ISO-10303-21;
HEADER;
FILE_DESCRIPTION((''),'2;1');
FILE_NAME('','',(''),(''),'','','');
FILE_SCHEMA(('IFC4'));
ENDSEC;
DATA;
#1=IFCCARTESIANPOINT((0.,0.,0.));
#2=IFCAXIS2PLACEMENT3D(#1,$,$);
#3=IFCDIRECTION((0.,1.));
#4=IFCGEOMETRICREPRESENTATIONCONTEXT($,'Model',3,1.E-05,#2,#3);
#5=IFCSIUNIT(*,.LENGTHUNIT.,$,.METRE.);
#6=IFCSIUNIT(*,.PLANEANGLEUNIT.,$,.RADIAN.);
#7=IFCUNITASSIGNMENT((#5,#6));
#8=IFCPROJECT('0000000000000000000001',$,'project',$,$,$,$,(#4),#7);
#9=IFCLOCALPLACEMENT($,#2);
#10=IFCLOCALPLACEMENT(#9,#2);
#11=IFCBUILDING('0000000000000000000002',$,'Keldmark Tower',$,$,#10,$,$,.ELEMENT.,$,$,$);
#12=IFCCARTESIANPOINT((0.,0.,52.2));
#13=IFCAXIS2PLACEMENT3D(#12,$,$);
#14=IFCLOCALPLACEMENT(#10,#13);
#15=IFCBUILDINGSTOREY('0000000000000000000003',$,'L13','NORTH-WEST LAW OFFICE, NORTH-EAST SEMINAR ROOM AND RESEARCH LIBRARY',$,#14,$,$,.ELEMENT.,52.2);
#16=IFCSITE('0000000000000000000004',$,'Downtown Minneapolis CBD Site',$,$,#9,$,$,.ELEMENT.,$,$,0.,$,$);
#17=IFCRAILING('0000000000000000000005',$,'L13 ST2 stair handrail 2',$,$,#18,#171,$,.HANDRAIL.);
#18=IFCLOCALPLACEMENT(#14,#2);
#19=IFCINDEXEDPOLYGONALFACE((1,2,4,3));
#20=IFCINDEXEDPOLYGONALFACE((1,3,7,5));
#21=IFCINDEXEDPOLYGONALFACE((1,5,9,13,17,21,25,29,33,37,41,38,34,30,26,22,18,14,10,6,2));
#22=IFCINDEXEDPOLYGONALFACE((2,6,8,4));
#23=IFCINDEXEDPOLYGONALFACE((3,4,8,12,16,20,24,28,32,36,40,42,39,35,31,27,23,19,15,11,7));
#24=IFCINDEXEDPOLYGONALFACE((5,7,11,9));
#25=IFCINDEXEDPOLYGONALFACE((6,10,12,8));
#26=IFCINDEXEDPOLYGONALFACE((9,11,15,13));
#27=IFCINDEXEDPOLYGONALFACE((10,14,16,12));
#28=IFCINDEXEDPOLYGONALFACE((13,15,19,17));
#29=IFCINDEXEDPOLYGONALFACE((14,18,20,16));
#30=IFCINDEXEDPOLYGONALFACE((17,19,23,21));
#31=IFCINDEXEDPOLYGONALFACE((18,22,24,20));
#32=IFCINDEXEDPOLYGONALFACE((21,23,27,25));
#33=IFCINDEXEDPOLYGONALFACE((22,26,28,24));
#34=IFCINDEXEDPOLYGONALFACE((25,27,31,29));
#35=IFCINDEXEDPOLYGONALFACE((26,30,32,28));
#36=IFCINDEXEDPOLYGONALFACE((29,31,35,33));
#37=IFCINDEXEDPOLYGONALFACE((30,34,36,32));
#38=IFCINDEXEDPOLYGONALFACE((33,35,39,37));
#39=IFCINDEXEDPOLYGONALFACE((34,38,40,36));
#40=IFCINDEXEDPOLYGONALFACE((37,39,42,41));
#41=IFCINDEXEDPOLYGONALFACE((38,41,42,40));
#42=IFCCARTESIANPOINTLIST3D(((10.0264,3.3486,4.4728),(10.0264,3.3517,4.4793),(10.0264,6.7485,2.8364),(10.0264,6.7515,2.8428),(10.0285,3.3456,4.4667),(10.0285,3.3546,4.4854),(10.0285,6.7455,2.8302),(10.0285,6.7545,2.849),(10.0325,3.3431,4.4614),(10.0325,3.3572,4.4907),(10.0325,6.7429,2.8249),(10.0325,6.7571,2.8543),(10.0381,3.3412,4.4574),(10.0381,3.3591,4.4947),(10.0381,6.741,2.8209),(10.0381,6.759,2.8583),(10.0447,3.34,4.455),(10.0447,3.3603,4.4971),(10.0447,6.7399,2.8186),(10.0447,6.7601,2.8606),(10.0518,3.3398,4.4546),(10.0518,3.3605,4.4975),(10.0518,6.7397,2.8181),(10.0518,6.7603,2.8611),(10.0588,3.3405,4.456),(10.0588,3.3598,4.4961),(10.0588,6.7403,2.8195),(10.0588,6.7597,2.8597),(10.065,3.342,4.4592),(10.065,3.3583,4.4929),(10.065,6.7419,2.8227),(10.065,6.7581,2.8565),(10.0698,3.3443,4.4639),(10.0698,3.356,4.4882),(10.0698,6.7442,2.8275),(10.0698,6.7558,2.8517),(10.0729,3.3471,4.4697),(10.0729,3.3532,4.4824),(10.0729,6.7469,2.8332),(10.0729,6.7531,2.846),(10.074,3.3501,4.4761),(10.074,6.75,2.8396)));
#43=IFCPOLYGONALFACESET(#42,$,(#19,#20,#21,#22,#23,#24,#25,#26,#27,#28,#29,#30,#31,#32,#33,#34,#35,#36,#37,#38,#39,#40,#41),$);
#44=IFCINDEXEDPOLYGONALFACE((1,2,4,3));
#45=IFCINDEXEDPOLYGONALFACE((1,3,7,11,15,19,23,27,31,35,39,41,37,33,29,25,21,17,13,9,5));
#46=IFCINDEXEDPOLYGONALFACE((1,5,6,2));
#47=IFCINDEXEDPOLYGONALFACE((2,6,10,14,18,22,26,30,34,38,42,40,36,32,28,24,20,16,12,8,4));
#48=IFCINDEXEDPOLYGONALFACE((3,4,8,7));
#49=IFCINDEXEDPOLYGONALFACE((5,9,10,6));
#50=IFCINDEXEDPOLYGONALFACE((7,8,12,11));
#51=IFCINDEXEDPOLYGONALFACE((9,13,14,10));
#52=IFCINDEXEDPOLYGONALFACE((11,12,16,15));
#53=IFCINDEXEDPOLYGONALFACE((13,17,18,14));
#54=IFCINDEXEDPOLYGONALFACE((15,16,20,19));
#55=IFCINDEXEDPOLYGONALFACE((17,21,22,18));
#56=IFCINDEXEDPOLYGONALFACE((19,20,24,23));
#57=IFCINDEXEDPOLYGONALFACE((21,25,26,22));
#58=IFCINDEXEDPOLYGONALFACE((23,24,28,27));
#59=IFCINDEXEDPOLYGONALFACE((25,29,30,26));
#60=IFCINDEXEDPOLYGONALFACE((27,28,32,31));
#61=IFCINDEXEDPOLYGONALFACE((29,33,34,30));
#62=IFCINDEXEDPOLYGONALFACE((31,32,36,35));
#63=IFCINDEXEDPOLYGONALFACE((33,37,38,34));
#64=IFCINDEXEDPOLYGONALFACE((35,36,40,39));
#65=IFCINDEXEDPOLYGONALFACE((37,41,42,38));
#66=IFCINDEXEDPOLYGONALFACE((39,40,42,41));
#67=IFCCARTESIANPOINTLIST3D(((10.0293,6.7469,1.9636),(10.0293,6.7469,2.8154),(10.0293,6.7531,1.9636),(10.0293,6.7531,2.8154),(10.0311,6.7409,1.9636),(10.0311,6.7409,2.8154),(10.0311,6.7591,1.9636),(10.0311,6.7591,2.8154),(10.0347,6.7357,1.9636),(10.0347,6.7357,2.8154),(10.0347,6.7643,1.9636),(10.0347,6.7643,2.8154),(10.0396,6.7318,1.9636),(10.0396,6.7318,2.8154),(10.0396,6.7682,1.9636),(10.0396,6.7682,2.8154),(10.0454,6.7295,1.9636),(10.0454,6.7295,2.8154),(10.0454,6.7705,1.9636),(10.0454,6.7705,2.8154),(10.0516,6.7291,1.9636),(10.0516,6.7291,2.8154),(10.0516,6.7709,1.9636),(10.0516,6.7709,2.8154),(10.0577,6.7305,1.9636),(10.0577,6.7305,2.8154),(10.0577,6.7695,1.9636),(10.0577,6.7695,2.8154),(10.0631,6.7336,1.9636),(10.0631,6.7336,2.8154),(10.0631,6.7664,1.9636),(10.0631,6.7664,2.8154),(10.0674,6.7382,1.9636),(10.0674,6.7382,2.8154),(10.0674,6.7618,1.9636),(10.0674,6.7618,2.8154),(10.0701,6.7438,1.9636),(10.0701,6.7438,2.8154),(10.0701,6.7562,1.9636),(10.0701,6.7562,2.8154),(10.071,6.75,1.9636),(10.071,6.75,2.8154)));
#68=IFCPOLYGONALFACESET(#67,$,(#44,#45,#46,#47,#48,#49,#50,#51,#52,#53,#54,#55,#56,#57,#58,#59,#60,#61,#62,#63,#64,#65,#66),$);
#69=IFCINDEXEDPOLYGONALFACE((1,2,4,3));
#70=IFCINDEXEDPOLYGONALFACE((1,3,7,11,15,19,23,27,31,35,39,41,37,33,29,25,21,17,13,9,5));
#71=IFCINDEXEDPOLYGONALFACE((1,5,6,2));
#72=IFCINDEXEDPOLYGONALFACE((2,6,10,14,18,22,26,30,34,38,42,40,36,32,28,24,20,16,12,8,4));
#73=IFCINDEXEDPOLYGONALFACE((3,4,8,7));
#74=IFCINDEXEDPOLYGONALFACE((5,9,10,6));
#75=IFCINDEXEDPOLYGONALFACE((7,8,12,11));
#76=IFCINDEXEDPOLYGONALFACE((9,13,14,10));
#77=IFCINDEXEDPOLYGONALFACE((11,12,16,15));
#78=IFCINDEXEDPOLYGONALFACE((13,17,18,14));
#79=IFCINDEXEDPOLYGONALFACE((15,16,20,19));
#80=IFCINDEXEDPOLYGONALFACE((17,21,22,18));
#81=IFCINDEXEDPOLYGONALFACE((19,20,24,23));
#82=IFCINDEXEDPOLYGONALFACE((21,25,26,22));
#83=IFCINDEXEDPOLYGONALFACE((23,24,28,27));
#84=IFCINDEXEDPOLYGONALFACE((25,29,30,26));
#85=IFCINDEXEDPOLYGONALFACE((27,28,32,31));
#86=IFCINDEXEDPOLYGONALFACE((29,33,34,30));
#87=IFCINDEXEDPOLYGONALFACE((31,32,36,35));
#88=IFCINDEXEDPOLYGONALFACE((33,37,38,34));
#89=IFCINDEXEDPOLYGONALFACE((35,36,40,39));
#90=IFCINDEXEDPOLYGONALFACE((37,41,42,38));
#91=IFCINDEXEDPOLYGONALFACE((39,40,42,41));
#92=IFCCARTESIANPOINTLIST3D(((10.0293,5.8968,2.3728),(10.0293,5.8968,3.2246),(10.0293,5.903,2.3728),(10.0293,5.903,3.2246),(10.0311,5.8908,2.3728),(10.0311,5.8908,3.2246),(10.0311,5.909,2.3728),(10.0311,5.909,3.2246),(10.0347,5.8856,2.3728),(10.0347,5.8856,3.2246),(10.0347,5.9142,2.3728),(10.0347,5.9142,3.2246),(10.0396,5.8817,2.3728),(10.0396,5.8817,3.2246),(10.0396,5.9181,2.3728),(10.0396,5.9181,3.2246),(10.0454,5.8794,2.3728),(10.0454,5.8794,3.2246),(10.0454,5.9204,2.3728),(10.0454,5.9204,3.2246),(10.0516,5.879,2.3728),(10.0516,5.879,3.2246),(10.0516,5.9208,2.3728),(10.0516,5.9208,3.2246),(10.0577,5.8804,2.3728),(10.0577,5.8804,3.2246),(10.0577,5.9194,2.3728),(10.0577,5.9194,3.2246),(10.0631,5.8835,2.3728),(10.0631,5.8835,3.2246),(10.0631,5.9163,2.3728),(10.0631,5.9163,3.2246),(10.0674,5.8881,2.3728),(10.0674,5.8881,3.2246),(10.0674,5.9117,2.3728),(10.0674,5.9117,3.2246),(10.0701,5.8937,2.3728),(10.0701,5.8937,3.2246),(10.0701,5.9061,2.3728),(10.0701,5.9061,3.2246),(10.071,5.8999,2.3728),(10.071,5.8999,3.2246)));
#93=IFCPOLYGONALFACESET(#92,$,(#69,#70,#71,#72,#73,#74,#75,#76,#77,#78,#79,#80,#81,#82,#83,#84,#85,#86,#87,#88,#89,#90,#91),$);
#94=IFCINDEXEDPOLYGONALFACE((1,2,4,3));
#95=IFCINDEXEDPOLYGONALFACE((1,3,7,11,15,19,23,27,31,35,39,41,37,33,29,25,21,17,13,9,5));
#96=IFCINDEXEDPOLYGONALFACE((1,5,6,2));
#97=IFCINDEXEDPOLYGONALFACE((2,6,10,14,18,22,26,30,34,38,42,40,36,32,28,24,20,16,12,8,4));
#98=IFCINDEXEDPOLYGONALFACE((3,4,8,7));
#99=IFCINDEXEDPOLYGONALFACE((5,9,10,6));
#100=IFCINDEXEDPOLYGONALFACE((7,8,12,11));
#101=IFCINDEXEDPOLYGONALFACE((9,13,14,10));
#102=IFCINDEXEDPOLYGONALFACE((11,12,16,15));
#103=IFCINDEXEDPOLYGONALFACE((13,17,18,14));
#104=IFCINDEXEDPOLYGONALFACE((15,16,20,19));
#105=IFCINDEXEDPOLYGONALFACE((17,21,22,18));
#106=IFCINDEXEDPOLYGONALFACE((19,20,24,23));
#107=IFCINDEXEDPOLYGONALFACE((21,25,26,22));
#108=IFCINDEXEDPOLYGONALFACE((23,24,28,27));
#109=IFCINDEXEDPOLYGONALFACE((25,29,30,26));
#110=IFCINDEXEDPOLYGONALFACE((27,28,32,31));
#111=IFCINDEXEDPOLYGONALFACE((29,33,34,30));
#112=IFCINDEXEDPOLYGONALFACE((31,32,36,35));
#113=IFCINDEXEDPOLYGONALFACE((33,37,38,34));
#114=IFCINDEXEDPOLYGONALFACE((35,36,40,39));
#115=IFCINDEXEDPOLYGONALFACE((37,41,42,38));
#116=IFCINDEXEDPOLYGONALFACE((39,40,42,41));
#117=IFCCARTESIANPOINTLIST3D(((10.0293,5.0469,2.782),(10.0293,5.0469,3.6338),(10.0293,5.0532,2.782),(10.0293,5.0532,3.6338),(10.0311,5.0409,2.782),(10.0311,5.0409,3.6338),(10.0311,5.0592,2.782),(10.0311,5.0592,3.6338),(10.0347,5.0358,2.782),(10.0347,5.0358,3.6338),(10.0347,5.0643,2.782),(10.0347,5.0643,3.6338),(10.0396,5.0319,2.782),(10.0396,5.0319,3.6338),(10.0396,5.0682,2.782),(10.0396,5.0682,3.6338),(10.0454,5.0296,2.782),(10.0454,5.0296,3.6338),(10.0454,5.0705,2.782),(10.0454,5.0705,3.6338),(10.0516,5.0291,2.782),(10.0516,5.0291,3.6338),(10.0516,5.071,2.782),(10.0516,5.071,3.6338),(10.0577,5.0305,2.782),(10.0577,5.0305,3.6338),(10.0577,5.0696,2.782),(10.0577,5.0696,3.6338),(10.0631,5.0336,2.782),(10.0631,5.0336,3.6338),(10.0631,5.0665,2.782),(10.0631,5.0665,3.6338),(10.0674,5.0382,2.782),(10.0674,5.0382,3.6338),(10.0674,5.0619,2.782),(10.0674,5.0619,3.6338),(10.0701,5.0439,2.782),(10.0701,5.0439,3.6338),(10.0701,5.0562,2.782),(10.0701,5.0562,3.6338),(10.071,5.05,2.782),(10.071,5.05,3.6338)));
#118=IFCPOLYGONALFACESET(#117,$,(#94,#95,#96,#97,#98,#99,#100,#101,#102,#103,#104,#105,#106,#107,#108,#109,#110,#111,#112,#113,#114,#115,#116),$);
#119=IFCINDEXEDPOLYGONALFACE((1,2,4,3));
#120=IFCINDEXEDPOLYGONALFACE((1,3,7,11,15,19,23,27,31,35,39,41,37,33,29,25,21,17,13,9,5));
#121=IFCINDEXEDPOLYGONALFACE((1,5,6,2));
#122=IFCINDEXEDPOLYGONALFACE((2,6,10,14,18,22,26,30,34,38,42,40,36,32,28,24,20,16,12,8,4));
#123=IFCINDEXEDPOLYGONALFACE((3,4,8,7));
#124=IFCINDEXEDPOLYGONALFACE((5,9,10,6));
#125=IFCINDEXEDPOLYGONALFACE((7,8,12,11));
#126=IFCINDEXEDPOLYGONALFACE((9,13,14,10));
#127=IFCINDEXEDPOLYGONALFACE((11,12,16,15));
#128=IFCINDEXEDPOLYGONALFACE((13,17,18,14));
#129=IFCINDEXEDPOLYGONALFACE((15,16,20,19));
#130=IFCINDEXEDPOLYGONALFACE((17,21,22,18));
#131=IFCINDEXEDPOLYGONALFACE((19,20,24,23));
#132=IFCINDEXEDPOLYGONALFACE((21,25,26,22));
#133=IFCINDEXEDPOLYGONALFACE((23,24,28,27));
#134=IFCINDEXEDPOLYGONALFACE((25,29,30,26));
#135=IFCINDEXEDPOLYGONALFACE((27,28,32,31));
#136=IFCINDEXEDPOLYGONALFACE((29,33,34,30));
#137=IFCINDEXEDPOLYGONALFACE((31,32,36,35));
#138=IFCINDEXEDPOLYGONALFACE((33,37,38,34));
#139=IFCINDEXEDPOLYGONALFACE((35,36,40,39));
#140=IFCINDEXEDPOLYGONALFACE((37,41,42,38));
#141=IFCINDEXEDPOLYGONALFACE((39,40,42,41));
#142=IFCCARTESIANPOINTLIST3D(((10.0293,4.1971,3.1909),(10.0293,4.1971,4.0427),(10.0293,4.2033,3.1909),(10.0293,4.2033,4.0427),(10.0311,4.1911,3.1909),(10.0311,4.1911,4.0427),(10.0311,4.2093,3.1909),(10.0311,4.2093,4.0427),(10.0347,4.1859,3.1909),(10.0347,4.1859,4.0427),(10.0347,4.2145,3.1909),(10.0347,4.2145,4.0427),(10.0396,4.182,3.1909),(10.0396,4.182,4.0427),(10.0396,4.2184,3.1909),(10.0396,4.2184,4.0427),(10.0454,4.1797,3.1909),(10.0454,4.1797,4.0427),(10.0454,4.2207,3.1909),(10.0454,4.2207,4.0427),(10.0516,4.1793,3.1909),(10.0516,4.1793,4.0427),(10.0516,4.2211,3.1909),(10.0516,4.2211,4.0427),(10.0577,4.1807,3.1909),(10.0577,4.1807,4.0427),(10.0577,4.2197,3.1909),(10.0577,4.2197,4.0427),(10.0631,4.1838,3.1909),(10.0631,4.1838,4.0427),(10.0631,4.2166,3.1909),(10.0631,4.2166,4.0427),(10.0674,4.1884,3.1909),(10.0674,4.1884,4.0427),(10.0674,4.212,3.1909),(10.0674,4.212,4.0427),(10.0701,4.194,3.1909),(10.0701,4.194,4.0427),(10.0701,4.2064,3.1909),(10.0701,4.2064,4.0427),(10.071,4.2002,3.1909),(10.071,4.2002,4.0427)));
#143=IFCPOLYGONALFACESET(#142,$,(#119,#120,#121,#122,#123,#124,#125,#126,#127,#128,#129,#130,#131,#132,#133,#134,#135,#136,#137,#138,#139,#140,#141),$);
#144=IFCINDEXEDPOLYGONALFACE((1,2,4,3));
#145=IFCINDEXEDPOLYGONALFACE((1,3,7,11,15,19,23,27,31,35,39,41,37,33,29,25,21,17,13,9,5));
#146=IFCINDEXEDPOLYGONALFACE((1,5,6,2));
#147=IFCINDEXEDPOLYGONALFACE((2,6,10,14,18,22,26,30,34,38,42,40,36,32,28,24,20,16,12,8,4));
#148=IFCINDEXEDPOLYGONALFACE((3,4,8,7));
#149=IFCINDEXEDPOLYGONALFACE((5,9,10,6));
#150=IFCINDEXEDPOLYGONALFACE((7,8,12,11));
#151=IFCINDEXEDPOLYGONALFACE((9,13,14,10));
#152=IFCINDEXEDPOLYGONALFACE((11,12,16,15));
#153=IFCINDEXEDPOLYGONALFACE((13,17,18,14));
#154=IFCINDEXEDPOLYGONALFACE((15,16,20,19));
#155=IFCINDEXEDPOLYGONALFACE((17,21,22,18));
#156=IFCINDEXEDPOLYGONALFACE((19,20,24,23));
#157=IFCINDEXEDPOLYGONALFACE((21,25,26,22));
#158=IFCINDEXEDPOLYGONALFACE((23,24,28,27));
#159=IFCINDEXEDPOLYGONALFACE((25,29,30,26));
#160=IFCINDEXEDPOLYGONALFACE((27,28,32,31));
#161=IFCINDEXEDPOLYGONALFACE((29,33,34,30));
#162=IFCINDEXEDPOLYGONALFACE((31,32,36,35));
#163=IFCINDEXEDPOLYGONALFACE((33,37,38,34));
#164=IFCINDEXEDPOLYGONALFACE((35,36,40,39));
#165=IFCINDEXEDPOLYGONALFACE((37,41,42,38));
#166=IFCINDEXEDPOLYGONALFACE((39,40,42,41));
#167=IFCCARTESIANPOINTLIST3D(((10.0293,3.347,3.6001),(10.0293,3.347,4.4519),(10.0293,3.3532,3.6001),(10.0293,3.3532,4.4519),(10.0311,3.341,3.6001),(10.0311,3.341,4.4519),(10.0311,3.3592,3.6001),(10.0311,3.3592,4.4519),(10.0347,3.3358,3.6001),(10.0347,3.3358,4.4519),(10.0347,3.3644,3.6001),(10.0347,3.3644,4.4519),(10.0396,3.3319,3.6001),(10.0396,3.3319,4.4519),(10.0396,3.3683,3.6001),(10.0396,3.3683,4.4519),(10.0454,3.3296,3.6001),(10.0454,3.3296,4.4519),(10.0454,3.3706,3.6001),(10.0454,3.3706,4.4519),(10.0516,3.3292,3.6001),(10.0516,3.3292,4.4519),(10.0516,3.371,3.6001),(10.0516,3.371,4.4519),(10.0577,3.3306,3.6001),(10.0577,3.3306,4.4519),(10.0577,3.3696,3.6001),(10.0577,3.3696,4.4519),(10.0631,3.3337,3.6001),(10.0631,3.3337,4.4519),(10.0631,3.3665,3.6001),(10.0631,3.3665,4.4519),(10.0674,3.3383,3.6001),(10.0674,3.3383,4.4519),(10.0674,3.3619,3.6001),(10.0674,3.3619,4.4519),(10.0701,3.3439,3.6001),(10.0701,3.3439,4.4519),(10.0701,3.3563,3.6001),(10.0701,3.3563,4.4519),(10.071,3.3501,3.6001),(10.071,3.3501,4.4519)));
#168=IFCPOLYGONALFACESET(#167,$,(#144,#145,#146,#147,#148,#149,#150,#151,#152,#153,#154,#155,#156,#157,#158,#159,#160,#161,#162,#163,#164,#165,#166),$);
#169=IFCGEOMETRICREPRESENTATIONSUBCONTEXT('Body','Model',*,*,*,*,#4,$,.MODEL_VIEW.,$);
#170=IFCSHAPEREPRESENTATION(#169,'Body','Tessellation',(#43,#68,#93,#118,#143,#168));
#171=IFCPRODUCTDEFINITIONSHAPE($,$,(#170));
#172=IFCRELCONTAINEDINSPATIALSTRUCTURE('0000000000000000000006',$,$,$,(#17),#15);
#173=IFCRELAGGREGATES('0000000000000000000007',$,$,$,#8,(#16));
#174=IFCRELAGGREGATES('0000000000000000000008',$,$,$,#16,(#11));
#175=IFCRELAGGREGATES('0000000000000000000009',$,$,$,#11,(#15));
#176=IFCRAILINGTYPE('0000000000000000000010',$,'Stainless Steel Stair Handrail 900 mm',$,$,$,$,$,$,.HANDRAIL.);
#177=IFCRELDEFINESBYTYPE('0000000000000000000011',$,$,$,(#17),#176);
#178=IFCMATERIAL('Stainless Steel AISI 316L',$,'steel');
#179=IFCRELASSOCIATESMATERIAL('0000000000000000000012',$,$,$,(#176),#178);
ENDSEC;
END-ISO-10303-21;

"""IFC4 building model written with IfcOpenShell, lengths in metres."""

from ifc_helpers import new_model, si_unit, direction, frame, origin, origin_2d, place, context, subcontext, project, spatial, circle, extrude, material, type_object, element, save


model = new_model("IFC4")

# Units and contexts
model_context = context("Model", 3, precision=1e-05, world=origin(), true_north=direction((0.0, 1.0)))
body_context = subcontext(model_context, "Body", "Model", "MODEL_VIEW")
ifc_project = project(units=[si_unit("LENGTHUNIT", "METRE"), si_unit("PLANEANGLEUNIT", "RADIAN")], contexts=[model_context])

# Site, building, storey
site_placement = place(None, origin())
site = spatial("IfcSite", under=ifc_project, at=site_placement, Name="Downtown Minneapolis CBD Site", CompositionType="ELEMENT", RefElevation=0.0)
building_placement = place(site_placement, origin())
building = spatial("IfcBuilding", under=site, at=building_placement, Name="Keldmark Tower", CompositionType="ELEMENT")
storey_placement = place(building_placement, frame((0.0, 0.0, 52.2)))
storey = spatial("IfcBuildingStorey", under=building, at=storey_placement, Name="L13", Description="NORTH-WEST LAW OFFICE, NORTH-EAST SEMINAR ROOM AND RESEARCH LIBRARY", CompositionType="ELEMENT", Elevation=52.2)

# Railing
ifc_material_1 = material(Name="Stainless Steel AISI 316L", Category="steel")
railing_type_1 = type_object("IfcRailingType", Name="Stainless Steel Stair Handrail 900 mm", PredefinedType="HANDRAIL", material=ifc_material_1)
railing_1_placement = place(storey_placement, frame((10.05, 6.75, 1.9636)))
element("IfcRailing", 1, at=railing_1_placement, inside=storey, type_object=railing_type_1, Name="L13 ST2 stair handrail 2", PredefinedType="HANDRAIL", context=body_context, shape_type="SweptSolid", body=[
    extrude(circle(Radius=0.0239, at=origin_2d()), frame((0.0, 0.0, 0.876), z_axis=(0.0, -0.901055, 0.433705), x_axis=(1.0, 0.0, 0.0)), (0.0, 0.0, 1.0), 3.7732),
    extrude(circle(Radius=0.021, at=origin_2d()), origin(), (0.0, 0.0, 1.0), 0.8518),
    extrude(circle(Radius=0.021, at=origin_2d()), frame((0.0, -0.8501, 0.4092)), (0.0, 0.0, 1.0), 0.8518),
    extrude(circle(Radius=0.021, at=origin_2d()), frame((0.0, -1.7, 0.8184)), (0.0, 0.0, 1.0), 0.8518),
    extrude(circle(Radius=0.021, at=origin_2d()), frame((0.0, -2.5498, 1.2273)), (0.0, 0.0, 1.0), 0.8518),
    extrude(circle(Radius=0.021, at=origin_2d()), frame((0.0, -3.3999, 1.6365)), (0.0, 0.0, 1.0), 0.8518),
])

save(model, "model.ifc")
